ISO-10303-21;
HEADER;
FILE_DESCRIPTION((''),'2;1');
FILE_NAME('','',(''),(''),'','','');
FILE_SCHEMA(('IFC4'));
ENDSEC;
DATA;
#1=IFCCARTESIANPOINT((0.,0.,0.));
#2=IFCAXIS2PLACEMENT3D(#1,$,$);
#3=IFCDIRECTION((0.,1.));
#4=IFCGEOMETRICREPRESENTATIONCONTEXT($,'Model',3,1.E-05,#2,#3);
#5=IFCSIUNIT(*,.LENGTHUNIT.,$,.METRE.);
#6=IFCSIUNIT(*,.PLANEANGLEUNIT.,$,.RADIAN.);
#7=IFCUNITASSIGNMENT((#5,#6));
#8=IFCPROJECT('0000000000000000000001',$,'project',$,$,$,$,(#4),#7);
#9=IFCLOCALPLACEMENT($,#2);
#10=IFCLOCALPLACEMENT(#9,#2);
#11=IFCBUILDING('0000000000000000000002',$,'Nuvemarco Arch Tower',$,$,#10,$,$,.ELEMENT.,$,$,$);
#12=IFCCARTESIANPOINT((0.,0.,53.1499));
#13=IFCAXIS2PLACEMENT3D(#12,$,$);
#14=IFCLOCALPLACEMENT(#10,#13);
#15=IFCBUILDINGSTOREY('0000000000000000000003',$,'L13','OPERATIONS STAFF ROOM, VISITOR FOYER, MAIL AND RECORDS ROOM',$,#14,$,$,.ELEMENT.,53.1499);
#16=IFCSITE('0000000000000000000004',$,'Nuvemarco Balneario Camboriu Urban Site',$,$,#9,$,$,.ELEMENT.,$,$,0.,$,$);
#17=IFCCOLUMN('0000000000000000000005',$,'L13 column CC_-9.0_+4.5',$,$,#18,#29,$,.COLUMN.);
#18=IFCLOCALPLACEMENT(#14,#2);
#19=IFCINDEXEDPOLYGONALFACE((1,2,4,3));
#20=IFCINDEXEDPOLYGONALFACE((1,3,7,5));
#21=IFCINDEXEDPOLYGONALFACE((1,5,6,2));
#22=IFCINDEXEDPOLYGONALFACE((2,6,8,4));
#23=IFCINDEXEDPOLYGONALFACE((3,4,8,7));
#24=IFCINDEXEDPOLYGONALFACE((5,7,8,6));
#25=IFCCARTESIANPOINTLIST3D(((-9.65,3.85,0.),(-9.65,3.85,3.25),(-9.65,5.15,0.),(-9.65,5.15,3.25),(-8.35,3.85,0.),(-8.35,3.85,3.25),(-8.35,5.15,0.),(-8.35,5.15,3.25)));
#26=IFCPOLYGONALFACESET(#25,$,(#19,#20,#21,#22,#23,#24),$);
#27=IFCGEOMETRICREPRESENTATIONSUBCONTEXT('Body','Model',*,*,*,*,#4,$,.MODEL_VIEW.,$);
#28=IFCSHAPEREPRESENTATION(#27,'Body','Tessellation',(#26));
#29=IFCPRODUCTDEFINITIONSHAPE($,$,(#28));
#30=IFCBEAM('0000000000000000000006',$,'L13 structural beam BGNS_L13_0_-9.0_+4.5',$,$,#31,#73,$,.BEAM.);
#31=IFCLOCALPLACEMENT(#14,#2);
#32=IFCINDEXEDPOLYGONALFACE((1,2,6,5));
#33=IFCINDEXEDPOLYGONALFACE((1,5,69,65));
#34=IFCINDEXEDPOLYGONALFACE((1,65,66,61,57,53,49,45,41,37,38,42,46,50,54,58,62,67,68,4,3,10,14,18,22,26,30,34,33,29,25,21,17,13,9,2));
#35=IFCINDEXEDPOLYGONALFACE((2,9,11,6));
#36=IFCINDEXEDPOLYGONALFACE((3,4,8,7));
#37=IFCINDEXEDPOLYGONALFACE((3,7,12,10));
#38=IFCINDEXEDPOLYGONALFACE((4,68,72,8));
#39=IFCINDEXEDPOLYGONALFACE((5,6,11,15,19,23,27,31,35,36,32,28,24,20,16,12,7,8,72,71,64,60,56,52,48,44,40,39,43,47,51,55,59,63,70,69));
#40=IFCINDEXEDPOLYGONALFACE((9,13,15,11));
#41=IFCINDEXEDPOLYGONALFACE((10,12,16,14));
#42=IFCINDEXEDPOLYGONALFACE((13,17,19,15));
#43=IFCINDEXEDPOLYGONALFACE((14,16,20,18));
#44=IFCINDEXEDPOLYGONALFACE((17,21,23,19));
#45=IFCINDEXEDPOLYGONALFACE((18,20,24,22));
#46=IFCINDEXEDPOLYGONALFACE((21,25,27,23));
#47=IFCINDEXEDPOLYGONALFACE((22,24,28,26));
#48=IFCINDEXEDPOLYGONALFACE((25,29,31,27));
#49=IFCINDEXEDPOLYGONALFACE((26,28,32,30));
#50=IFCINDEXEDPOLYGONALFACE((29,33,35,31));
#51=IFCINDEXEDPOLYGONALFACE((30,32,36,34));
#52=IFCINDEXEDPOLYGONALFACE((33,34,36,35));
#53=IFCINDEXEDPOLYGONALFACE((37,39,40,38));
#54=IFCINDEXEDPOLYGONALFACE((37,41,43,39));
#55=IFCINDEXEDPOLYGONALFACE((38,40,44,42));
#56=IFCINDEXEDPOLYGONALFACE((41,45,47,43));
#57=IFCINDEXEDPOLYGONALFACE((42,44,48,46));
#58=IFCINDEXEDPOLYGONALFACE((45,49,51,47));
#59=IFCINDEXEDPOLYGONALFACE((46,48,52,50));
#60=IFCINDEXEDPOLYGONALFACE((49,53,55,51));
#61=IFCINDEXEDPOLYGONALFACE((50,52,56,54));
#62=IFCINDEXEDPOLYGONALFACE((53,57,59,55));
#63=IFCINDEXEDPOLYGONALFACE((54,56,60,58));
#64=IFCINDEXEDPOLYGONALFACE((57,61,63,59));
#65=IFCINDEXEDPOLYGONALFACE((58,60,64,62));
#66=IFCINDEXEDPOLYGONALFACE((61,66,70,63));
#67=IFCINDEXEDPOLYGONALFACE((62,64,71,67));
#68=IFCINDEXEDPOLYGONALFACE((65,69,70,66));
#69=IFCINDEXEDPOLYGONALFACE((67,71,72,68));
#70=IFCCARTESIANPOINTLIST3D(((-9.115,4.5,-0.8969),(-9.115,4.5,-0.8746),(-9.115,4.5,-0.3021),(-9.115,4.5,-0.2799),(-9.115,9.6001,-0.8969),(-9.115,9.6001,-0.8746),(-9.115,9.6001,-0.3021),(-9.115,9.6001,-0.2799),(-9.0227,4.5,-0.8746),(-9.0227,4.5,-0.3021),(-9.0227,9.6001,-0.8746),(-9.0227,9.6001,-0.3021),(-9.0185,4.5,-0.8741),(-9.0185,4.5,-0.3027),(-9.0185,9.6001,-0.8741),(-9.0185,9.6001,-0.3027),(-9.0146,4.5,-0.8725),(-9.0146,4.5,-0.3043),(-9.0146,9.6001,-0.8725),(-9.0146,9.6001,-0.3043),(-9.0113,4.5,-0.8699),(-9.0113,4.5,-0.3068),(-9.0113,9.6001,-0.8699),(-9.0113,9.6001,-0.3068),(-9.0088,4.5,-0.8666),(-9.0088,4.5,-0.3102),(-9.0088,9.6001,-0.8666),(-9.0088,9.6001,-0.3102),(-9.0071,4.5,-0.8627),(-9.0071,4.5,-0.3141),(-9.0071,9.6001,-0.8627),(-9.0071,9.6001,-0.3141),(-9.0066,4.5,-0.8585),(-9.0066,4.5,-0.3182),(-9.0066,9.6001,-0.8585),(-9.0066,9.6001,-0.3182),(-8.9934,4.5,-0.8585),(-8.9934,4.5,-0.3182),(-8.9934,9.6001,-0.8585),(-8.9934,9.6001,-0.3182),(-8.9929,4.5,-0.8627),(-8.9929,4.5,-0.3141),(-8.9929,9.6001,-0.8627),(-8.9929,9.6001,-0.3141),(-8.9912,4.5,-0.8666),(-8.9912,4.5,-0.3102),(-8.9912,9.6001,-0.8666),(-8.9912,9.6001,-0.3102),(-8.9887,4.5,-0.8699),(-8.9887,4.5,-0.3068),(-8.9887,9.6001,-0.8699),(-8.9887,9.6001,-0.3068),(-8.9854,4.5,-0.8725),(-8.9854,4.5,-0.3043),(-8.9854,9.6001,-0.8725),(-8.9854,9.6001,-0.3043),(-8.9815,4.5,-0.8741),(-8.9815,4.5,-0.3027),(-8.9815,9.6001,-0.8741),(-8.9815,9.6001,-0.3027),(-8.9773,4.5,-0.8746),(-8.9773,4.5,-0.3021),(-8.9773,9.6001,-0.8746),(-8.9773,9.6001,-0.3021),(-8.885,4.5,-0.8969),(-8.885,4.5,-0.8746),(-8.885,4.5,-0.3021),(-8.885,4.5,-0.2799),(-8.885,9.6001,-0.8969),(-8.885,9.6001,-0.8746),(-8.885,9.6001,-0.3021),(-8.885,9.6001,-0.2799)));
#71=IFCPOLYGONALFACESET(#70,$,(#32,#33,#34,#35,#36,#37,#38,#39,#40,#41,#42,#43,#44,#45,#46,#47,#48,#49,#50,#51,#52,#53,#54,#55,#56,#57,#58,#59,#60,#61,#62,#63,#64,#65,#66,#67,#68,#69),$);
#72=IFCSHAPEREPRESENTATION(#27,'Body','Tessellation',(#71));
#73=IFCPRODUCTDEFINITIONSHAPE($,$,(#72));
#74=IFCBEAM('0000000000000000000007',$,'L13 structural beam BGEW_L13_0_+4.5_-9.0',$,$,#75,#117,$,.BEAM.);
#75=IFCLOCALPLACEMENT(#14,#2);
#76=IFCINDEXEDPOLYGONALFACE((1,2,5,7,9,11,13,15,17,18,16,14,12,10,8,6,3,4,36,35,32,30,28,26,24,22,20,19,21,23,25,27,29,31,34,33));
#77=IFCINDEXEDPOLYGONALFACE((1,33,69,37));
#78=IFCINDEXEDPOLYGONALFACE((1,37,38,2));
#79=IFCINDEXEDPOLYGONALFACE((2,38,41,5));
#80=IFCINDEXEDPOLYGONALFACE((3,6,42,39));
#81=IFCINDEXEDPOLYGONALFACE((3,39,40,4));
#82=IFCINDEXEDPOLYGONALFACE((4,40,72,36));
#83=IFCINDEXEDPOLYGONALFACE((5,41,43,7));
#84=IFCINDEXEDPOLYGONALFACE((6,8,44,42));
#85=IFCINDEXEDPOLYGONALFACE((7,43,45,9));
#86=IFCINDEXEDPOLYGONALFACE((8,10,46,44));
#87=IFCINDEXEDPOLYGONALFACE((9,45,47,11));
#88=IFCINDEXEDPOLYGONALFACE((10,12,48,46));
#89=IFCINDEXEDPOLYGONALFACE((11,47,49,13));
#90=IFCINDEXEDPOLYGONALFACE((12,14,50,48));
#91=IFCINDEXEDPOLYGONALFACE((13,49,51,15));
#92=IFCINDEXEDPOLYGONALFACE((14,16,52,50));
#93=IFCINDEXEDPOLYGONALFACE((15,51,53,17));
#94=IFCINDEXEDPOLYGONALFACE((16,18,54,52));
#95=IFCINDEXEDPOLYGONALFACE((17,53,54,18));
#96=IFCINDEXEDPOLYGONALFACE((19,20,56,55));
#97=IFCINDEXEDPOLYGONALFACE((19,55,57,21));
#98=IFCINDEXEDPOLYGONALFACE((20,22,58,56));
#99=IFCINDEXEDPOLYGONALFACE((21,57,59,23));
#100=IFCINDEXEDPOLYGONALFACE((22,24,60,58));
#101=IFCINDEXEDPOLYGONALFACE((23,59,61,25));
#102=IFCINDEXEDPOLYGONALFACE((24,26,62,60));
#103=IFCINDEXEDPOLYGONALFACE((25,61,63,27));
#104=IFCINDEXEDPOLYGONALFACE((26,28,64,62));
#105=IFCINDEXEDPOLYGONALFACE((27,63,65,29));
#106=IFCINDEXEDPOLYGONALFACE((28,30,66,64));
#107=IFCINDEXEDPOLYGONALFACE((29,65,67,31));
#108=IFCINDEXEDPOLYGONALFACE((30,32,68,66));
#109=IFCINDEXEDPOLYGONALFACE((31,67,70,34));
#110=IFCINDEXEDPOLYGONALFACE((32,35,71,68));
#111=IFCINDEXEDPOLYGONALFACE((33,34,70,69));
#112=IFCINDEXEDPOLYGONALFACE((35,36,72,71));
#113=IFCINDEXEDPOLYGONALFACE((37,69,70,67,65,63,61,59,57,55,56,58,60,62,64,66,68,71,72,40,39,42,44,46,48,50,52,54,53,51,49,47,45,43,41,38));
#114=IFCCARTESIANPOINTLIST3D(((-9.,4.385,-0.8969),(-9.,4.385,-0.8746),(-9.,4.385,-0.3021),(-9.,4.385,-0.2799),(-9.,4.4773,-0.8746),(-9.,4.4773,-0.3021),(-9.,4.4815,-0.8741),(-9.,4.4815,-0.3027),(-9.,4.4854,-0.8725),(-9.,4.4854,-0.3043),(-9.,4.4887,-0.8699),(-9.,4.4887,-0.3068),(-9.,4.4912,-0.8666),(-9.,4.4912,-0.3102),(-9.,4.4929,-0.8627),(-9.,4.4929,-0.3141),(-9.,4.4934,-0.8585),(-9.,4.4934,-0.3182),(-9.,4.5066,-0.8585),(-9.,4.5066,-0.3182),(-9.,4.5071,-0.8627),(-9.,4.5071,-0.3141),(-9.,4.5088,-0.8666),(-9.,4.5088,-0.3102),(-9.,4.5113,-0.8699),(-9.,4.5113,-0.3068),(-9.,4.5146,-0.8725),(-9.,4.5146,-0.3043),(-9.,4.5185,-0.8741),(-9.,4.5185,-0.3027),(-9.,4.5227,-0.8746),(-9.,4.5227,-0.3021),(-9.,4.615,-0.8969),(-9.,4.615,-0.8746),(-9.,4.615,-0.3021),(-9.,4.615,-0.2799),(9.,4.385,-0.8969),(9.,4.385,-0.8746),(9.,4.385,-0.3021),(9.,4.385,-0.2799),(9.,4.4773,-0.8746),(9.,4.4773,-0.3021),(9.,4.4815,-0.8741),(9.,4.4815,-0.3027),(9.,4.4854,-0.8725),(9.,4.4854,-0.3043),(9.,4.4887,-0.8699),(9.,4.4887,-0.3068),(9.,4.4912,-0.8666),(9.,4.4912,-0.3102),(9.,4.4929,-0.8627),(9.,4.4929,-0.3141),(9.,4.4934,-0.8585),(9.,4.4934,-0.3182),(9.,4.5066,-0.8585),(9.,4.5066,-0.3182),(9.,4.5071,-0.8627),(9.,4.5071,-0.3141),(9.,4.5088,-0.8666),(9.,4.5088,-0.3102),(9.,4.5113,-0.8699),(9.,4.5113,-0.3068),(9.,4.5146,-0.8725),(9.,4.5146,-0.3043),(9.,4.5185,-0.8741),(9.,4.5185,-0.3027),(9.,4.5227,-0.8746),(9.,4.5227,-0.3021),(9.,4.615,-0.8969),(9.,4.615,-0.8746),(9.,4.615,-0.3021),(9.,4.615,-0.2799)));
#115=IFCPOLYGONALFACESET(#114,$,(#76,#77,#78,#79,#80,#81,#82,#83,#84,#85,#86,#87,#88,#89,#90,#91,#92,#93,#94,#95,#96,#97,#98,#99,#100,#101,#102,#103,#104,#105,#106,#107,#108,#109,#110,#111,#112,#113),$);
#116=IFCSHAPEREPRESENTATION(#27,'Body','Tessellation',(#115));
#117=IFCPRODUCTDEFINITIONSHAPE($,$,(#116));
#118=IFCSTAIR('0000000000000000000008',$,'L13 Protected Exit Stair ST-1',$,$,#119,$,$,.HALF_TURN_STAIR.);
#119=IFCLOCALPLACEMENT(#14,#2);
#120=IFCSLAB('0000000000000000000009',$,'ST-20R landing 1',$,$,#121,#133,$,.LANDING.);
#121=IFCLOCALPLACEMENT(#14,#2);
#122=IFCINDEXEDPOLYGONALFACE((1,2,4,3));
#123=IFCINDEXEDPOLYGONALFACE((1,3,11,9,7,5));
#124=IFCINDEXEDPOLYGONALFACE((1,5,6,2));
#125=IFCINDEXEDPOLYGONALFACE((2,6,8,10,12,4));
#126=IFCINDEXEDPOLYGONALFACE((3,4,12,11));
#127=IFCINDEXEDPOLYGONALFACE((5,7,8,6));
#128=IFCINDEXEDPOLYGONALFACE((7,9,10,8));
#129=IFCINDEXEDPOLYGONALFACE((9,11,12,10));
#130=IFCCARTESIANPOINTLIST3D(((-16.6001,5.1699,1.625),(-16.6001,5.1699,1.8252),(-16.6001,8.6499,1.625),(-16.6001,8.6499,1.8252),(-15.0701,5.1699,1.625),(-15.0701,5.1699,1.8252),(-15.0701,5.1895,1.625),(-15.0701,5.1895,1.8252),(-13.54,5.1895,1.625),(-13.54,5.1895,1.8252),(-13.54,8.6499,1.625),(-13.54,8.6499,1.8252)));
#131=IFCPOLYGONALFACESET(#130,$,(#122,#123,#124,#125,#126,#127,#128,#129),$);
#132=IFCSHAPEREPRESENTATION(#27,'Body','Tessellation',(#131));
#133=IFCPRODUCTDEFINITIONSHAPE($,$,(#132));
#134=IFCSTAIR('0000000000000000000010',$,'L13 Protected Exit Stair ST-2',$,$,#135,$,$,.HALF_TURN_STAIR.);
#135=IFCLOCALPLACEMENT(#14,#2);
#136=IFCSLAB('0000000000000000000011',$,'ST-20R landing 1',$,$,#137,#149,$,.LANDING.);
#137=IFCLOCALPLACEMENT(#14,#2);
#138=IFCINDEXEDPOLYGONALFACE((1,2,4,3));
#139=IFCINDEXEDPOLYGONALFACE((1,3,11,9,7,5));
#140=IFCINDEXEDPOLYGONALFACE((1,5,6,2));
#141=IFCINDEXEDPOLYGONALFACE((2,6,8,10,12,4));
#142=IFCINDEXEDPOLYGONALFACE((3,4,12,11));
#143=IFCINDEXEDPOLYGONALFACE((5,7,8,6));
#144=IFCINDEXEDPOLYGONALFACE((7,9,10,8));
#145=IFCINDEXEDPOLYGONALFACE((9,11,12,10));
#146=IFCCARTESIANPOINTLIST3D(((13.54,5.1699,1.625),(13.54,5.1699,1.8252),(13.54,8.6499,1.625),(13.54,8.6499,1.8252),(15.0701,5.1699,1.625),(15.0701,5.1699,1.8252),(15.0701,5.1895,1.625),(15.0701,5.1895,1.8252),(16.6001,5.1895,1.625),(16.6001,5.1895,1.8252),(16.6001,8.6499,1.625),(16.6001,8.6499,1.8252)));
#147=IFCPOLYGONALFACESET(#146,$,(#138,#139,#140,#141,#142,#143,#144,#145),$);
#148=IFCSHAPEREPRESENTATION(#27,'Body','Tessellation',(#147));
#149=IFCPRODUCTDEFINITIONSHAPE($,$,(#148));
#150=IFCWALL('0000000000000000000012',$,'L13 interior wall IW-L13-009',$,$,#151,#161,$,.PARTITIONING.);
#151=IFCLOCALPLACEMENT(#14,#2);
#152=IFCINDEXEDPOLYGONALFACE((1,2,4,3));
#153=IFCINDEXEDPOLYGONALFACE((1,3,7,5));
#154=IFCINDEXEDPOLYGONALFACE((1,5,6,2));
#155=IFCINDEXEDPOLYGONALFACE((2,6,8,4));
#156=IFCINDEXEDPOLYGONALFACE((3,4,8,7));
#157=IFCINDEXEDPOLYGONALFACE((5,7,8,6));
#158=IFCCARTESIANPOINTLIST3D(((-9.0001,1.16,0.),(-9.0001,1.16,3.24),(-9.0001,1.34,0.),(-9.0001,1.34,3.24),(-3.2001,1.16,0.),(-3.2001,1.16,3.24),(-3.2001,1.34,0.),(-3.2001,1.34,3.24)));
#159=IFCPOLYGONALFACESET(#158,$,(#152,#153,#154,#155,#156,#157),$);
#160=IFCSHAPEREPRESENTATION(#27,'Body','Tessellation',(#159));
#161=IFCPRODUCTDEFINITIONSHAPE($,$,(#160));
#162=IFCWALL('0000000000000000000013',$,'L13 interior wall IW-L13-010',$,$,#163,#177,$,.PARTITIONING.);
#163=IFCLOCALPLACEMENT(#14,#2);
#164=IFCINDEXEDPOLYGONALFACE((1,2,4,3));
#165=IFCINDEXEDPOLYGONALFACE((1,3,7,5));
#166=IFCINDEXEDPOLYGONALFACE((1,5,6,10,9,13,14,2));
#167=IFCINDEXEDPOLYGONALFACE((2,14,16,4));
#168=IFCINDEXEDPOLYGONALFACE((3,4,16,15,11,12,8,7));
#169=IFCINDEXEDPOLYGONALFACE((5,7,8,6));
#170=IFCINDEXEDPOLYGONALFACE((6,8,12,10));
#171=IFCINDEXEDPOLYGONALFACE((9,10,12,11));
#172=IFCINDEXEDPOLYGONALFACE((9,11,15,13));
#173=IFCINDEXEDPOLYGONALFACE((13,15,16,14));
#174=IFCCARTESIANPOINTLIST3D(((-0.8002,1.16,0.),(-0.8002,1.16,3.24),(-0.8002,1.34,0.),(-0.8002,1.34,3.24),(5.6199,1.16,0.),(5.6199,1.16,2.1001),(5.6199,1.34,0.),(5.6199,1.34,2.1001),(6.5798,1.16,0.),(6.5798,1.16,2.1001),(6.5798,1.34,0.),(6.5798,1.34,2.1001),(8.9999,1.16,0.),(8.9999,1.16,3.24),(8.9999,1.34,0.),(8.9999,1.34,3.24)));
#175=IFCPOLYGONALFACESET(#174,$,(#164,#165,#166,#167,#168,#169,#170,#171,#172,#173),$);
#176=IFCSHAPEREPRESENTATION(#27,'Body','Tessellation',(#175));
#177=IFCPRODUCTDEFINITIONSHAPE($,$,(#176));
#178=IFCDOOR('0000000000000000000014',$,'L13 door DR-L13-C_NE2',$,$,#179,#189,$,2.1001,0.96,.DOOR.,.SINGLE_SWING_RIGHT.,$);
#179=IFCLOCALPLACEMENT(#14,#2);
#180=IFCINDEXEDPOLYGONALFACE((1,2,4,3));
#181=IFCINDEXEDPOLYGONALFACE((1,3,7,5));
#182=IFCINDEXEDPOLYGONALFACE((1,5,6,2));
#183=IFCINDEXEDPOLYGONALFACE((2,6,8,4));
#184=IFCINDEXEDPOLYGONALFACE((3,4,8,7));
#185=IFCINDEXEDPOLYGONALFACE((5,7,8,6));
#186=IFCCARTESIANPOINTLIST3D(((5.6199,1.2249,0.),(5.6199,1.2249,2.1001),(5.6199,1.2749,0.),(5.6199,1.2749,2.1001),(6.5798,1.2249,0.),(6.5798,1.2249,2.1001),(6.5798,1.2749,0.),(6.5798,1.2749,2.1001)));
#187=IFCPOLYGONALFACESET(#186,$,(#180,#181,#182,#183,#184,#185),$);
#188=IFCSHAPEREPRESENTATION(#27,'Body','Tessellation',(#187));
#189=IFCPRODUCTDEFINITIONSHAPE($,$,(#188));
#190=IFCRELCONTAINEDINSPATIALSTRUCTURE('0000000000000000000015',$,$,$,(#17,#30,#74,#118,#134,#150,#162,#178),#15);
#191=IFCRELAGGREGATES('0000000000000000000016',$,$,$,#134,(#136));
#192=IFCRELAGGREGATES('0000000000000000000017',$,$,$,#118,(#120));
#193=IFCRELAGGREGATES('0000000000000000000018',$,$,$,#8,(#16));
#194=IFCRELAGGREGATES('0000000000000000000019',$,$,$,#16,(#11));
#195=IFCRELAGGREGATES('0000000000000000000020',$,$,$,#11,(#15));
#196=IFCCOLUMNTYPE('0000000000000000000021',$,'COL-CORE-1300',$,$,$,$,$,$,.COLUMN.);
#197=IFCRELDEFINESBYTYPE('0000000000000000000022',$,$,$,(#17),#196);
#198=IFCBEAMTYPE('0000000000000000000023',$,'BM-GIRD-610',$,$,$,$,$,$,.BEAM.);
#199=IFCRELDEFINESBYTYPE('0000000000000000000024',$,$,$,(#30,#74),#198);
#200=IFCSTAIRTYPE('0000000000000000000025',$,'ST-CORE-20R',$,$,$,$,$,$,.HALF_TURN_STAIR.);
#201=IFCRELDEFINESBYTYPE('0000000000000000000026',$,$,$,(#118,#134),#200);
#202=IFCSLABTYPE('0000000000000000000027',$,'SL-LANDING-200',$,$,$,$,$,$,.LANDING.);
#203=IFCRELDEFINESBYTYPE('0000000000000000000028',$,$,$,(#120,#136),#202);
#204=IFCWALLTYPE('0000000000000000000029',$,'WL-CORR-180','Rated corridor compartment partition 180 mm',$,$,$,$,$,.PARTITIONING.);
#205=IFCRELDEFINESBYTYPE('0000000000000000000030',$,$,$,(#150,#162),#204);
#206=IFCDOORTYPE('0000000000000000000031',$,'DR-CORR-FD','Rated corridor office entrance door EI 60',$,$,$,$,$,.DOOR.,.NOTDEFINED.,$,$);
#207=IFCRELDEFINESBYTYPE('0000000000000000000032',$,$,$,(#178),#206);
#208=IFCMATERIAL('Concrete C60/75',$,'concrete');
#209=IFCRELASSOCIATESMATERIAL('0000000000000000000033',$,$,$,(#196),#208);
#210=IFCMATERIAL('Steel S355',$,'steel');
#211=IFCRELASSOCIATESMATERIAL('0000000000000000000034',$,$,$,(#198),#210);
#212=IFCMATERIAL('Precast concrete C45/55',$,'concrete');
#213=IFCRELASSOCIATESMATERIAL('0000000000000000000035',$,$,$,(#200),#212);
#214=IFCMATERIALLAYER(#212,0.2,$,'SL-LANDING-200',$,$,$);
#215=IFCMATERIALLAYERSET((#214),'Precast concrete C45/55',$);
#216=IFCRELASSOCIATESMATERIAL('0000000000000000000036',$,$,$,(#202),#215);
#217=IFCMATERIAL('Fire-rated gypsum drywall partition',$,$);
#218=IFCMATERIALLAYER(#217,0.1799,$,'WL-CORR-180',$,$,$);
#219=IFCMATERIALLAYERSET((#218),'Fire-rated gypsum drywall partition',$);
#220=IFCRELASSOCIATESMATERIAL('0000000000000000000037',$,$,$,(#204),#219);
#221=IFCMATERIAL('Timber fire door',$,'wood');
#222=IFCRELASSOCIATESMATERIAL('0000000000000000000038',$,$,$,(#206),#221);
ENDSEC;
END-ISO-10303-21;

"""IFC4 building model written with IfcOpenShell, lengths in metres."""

from ifc_helpers import new_model, si_unit, direction, frame, frame_2d, origin, origin_2d, place, context, subcontext, project, spatial, polyline, rectangle, i_section, outline, extrude, source, transform, mapped, material, layer, layer_set, material_profile, profile_set, type_object, type_shapes, element, fill, aggregate, save


model = new_model("IFC4")

# Units and contexts
model_context = context("Model", 3, precision=1e-05, world=origin(), true_north=direction((0.0, 1.0)))
body_context = subcontext(model_context, "Body", "Model", "MODEL_VIEW")
ifc_project = project(units=[si_unit("LENGTHUNIT", "METRE"), si_unit("PLANEANGLEUNIT", "RADIAN")], contexts=[model_context])

# Site, building, storey
site_placement = place(None, origin())
site = spatial("IfcSite", under=ifc_project, at=site_placement, Name="Nuvemarco Balneario Camboriu Urban Site", CompositionType="ELEMENT", RefElevation=0.0)
building_placement = place(site_placement, origin())
building = spatial("IfcBuilding", under=site, at=building_placement, Name="Nuvemarco Arch Tower", CompositionType="ELEMENT")
storey_placement = place(building_placement, frame((0.0, 0.0, 53.1499)))
storey = spatial("IfcBuildingStorey", under=building, at=storey_placement, Name="L13", Description="OPERATIONS STAFF ROOM, VISITOR FOYER, MAIL AND RECORDS ROOM", CompositionType="ELEMENT", Elevation=53.1499)

# Column
ifc_material_1 = material(Name="Concrete C60/75", Category="concrete")
ifc_material_profile_1 = material_profile(ifc_material_1, rectangle(XDim=1.3, YDim=1.3, at=origin_2d()), Name="RC-COL-1300x1300")
ifc_profile_set_1 = profile_set([ifc_material_profile_1], Name="Concrete C60/75")
column_type = type_object("IfcColumnType", Name="COL-CORE-1300", PredefinedType="COLUMN", material=ifc_profile_set_1)
column_placement = place(storey_placement, frame((-9.0, 4.5, 0.0), z_axis=(0.0, 0.0, 1.0), x_axis=(1.0, 0.0, 0.0)))
element("IfcColumn", 1, at=column_placement, inside=storey, type_object=column_type, Name="L13 column CC_-9.0_+4.5", PredefinedType="COLUMN", context=body_context, shape_type="SweptSolid", body=[
    extrude(rectangle(XDim=1.3, YDim=1.3, at=origin_2d()), origin(), (0.0, 0.0, 1.0), 3.25),
])

# Beams
ifc_material_2 = material(Name="Steel S355", Category="steel")
ifc_material_profile_2 = material_profile(ifc_material_2, i_section(OverallWidth=0.23, OverallDepth=0.6169, WebThickness=0.0132, FlangeThickness=0.0222, FilletRadius=0.0161, at=origin_2d()), Name="W610x140")
ifc_profile_set_2 = profile_set([ifc_material_profile_2], Name="Steel S355")
beam_type = type_object("IfcBeamType", Name="BM-GIRD-610", PredefinedType="BEAM", material=ifc_profile_set_2)
beam_1_placement = place(storey_placement, frame((-9.0, 4.5, -0.5884), z_axis=(0.0, 1.0, 0.0), x_axis=(-1.0, 0.0, 0.0)))
element("IfcBeam", 2, at=beam_1_placement, inside=storey, type_object=beam_type, Name="L13 structural beam BGNS_L13_0_-9.0_+4.5", PredefinedType="BEAM", context=body_context, shape_type="SweptSolid", body=[
    extrude(i_section(OverallWidth=0.23, OverallDepth=0.6169, WebThickness=0.0132, FlangeThickness=0.0222, FilletRadius=0.0161, at=origin_2d()), origin(), (0.0, 0.0, 1.0), 5.1001),
])
beam_2_placement = place(storey_placement, frame((-9.0, 4.5, -0.5884), z_axis=(1.0, 0.0, 0.0), x_axis=(0.0, 1.0, 0.0)))
element("IfcBeam", 3, at=beam_2_placement, inside=storey, type_object=beam_type, Name="L13 structural beam BGEW_L13_0_+4.5_-9.0", PredefinedType="BEAM", context=body_context, shape_type="SweptSolid", body=[
    extrude(i_section(OverallWidth=0.23, OverallDepth=0.6169, WebThickness=0.0132, FlangeThickness=0.0222, FilletRadius=0.0161, at=origin_2d()), origin(), (0.0, 0.0, 1.0), 18.0),
])

# Stairs, slabs
ifc_material_3 = material(Name="Precast concrete C45/55", Category="concrete")
stair_type = type_object("IfcStairType", Name="ST-CORE-20R", PredefinedType="HALF_TURN_STAIR", material=ifc_material_3)
stair_1_placement = place(storey_placement, origin())
stair_1 = element("IfcStair", 4, at=stair_1_placement, inside=storey, type_object=stair_type, Name="L13 Protected Exit Stair ST-1", PredefinedType="HALF_TURN_STAIR")
ifc_layer_1 = layer(ifc_material_3, 0.2, Name="SL-LANDING-200")
ifc_layer_set_1 = layer_set([ifc_layer_1], Name="Precast concrete C45/55")
slab_type = type_object("IfcSlabType", Name="SL-LANDING-200", PredefinedType="LANDING", material=ifc_layer_set_1)
slab_1_placement = place(storey_placement, frame((0.0, 0.0, 1.625)))
slab_1 = element("IfcSlab", 5, at=slab_1_placement, type_object=slab_type, Name="ST-20R landing 1", PredefinedType="LANDING", context=body_context, shape_type="SweptSolid", body=[
    extrude(outline(polyline([(-13.54, 5.1895), (-13.54, 8.6499), (-16.6001, 8.6499), (-16.6001, 5.1699), (-15.0701, 5.1699), (-15.0701, 5.1895), (-13.54, 5.1895)])), origin(), (0.0, 0.0, 1.0), 0.2002),
])
stair_2_placement = place(storey_placement, origin())
stair_2 = element("IfcStair", 6, at=stair_2_placement, inside=storey, type_object=stair_type, Name="L13 Protected Exit Stair ST-2", PredefinedType="HALF_TURN_STAIR")
slab_2_placement = place(storey_placement, frame((0.0, 0.0, 1.625)))
slab_2 = element("IfcSlab", 7, at=slab_2_placement, type_object=slab_type, Name="ST-20R landing 1", PredefinedType="LANDING", context=body_context, shape_type="SweptSolid", body=[
    extrude(outline(polyline([(16.6001, 5.1895), (16.6001, 8.6499), (13.54, 8.6499), (13.54, 5.1699), (15.0701, 5.1699), (15.0701, 5.1895), (16.6001, 5.1895)])), origin(), (0.0, 0.0, 1.0), 0.2002),
])
aggregate(stair_2, [slab_2])

# Wall
ifc_material_4 = material(Name="Fire-rated gypsum drywall partition")
ifc_layer_2 = layer(ifc_material_4, 0.1799, Name="WL-CORR-180")
ifc_layer_set_2 = layer_set([ifc_layer_2], Name="Fire-rated gypsum drywall partition")
wall_type_1 = type_object("IfcWallType", Name="WL-CORR-180", Description="Rated corridor compartment partition 180 mm", PredefinedType="PARTITIONING", material=ifc_layer_set_2)
wall_1_placement = place(storey_placement, frame((-9.0, 1.25, 0.0), z_axis=(0.0, 0.0, 1.0), x_axis=(1.0, 0.0, 0.0)))
element("IfcWall", 8, at=wall_1_placement, inside=storey, type_object=wall_type_1, Name="L13 interior wall IW-L13-009", PredefinedType="PARTITIONING", context=body_context, shape_type="SweptSolid", body=[
    extrude(rectangle(XDim=5.8, YDim=0.1799, at=frame_2d((2.8999, 0.0))), origin(), (0.0, 0.0, 1.0), 3.24),
])

# Wall, opening, door
wall_2_placement = place(storey_placement, frame((-0.8, 1.25, 0.0), z_axis=(0.0, 0.0, 1.0), x_axis=(1.0, 0.0, 0.0)))
wall_2 = element("IfcWall", 9, at=wall_2_placement, inside=storey, type_object=wall_type_1, Name="L13 interior wall IW-L13-010", PredefinedType="PARTITIONING", context=body_context, shape_type="SweptSolid", body=[
    extrude(rectangle(XDim=9.8, YDim=0.1799, at=frame_2d((4.8999, 0.0))), origin(), (0.0, 0.0, 1.0), 3.24),
])
opening_1_placement = place(wall_2_placement, frame((6.4199, 0.0, 0.0)))
opening_1 = element("IfcOpeningElement", 10, at=opening_1_placement, cuts=wall_2, PredefinedType="OPENING", context=body_context, shape_type="SweptSolid", body=[
    extrude(rectangle(XDim=0.96, YDim=2.1001, at=frame_2d((0.48, 1.05))), frame((0.0, 0.0999, 0.0), z_axis=(0.0, -1.0, 0.0), x_axis=(1.0, 0.0, 0.0)), (0.0, 0.0, 1.0), 0.2),
])
ifc_material_5 = material(Name="Timber fire door", Category="wood")
door_type_1 = type_object("IfcDoorType", Name="DR-CORR-FD", Description="Rated corridor office entrance door EI 60", OperationType="NOTDEFINED", PredefinedType="DOOR", material=ifc_material_5)
shared_shape_1 = source(origin(), body_context, "Body", "SweptSolid", [
    extrude(rectangle(XDim=0.96, YDim=2.1001, at=frame_2d((0.48, 1.05))), frame((0.0, 0.0249, 0.0), z_axis=(0.0, -1.0, 0.0), x_axis=(1.0, 0.0, 0.0)), (0.0, 0.0, 1.0), 0.05),
])
type_shapes(door_type_1, [shared_shape_1])
door_1_placement = place(opening_1_placement, origin())
door_1 = element("IfcDoor", 11, at=door_1_placement, inside=storey, type_object=door_type_1, Name="L13 door DR-L13-C_NE2", OperationType="SINGLE_SWING_RIGHT", OverallHeight=2.1001, OverallWidth=0.96, PredefinedType="DOOR", context=body_context, shape_type="MappedRepresentation", body=[
    mapped(shared_shape_1, transform((0.0, 0.0, 0.0), scale=1.0)),
])
fill(opening_1, door_1)

aggregate(stair_1, [slab_1])

save(model, "model.ifc")
